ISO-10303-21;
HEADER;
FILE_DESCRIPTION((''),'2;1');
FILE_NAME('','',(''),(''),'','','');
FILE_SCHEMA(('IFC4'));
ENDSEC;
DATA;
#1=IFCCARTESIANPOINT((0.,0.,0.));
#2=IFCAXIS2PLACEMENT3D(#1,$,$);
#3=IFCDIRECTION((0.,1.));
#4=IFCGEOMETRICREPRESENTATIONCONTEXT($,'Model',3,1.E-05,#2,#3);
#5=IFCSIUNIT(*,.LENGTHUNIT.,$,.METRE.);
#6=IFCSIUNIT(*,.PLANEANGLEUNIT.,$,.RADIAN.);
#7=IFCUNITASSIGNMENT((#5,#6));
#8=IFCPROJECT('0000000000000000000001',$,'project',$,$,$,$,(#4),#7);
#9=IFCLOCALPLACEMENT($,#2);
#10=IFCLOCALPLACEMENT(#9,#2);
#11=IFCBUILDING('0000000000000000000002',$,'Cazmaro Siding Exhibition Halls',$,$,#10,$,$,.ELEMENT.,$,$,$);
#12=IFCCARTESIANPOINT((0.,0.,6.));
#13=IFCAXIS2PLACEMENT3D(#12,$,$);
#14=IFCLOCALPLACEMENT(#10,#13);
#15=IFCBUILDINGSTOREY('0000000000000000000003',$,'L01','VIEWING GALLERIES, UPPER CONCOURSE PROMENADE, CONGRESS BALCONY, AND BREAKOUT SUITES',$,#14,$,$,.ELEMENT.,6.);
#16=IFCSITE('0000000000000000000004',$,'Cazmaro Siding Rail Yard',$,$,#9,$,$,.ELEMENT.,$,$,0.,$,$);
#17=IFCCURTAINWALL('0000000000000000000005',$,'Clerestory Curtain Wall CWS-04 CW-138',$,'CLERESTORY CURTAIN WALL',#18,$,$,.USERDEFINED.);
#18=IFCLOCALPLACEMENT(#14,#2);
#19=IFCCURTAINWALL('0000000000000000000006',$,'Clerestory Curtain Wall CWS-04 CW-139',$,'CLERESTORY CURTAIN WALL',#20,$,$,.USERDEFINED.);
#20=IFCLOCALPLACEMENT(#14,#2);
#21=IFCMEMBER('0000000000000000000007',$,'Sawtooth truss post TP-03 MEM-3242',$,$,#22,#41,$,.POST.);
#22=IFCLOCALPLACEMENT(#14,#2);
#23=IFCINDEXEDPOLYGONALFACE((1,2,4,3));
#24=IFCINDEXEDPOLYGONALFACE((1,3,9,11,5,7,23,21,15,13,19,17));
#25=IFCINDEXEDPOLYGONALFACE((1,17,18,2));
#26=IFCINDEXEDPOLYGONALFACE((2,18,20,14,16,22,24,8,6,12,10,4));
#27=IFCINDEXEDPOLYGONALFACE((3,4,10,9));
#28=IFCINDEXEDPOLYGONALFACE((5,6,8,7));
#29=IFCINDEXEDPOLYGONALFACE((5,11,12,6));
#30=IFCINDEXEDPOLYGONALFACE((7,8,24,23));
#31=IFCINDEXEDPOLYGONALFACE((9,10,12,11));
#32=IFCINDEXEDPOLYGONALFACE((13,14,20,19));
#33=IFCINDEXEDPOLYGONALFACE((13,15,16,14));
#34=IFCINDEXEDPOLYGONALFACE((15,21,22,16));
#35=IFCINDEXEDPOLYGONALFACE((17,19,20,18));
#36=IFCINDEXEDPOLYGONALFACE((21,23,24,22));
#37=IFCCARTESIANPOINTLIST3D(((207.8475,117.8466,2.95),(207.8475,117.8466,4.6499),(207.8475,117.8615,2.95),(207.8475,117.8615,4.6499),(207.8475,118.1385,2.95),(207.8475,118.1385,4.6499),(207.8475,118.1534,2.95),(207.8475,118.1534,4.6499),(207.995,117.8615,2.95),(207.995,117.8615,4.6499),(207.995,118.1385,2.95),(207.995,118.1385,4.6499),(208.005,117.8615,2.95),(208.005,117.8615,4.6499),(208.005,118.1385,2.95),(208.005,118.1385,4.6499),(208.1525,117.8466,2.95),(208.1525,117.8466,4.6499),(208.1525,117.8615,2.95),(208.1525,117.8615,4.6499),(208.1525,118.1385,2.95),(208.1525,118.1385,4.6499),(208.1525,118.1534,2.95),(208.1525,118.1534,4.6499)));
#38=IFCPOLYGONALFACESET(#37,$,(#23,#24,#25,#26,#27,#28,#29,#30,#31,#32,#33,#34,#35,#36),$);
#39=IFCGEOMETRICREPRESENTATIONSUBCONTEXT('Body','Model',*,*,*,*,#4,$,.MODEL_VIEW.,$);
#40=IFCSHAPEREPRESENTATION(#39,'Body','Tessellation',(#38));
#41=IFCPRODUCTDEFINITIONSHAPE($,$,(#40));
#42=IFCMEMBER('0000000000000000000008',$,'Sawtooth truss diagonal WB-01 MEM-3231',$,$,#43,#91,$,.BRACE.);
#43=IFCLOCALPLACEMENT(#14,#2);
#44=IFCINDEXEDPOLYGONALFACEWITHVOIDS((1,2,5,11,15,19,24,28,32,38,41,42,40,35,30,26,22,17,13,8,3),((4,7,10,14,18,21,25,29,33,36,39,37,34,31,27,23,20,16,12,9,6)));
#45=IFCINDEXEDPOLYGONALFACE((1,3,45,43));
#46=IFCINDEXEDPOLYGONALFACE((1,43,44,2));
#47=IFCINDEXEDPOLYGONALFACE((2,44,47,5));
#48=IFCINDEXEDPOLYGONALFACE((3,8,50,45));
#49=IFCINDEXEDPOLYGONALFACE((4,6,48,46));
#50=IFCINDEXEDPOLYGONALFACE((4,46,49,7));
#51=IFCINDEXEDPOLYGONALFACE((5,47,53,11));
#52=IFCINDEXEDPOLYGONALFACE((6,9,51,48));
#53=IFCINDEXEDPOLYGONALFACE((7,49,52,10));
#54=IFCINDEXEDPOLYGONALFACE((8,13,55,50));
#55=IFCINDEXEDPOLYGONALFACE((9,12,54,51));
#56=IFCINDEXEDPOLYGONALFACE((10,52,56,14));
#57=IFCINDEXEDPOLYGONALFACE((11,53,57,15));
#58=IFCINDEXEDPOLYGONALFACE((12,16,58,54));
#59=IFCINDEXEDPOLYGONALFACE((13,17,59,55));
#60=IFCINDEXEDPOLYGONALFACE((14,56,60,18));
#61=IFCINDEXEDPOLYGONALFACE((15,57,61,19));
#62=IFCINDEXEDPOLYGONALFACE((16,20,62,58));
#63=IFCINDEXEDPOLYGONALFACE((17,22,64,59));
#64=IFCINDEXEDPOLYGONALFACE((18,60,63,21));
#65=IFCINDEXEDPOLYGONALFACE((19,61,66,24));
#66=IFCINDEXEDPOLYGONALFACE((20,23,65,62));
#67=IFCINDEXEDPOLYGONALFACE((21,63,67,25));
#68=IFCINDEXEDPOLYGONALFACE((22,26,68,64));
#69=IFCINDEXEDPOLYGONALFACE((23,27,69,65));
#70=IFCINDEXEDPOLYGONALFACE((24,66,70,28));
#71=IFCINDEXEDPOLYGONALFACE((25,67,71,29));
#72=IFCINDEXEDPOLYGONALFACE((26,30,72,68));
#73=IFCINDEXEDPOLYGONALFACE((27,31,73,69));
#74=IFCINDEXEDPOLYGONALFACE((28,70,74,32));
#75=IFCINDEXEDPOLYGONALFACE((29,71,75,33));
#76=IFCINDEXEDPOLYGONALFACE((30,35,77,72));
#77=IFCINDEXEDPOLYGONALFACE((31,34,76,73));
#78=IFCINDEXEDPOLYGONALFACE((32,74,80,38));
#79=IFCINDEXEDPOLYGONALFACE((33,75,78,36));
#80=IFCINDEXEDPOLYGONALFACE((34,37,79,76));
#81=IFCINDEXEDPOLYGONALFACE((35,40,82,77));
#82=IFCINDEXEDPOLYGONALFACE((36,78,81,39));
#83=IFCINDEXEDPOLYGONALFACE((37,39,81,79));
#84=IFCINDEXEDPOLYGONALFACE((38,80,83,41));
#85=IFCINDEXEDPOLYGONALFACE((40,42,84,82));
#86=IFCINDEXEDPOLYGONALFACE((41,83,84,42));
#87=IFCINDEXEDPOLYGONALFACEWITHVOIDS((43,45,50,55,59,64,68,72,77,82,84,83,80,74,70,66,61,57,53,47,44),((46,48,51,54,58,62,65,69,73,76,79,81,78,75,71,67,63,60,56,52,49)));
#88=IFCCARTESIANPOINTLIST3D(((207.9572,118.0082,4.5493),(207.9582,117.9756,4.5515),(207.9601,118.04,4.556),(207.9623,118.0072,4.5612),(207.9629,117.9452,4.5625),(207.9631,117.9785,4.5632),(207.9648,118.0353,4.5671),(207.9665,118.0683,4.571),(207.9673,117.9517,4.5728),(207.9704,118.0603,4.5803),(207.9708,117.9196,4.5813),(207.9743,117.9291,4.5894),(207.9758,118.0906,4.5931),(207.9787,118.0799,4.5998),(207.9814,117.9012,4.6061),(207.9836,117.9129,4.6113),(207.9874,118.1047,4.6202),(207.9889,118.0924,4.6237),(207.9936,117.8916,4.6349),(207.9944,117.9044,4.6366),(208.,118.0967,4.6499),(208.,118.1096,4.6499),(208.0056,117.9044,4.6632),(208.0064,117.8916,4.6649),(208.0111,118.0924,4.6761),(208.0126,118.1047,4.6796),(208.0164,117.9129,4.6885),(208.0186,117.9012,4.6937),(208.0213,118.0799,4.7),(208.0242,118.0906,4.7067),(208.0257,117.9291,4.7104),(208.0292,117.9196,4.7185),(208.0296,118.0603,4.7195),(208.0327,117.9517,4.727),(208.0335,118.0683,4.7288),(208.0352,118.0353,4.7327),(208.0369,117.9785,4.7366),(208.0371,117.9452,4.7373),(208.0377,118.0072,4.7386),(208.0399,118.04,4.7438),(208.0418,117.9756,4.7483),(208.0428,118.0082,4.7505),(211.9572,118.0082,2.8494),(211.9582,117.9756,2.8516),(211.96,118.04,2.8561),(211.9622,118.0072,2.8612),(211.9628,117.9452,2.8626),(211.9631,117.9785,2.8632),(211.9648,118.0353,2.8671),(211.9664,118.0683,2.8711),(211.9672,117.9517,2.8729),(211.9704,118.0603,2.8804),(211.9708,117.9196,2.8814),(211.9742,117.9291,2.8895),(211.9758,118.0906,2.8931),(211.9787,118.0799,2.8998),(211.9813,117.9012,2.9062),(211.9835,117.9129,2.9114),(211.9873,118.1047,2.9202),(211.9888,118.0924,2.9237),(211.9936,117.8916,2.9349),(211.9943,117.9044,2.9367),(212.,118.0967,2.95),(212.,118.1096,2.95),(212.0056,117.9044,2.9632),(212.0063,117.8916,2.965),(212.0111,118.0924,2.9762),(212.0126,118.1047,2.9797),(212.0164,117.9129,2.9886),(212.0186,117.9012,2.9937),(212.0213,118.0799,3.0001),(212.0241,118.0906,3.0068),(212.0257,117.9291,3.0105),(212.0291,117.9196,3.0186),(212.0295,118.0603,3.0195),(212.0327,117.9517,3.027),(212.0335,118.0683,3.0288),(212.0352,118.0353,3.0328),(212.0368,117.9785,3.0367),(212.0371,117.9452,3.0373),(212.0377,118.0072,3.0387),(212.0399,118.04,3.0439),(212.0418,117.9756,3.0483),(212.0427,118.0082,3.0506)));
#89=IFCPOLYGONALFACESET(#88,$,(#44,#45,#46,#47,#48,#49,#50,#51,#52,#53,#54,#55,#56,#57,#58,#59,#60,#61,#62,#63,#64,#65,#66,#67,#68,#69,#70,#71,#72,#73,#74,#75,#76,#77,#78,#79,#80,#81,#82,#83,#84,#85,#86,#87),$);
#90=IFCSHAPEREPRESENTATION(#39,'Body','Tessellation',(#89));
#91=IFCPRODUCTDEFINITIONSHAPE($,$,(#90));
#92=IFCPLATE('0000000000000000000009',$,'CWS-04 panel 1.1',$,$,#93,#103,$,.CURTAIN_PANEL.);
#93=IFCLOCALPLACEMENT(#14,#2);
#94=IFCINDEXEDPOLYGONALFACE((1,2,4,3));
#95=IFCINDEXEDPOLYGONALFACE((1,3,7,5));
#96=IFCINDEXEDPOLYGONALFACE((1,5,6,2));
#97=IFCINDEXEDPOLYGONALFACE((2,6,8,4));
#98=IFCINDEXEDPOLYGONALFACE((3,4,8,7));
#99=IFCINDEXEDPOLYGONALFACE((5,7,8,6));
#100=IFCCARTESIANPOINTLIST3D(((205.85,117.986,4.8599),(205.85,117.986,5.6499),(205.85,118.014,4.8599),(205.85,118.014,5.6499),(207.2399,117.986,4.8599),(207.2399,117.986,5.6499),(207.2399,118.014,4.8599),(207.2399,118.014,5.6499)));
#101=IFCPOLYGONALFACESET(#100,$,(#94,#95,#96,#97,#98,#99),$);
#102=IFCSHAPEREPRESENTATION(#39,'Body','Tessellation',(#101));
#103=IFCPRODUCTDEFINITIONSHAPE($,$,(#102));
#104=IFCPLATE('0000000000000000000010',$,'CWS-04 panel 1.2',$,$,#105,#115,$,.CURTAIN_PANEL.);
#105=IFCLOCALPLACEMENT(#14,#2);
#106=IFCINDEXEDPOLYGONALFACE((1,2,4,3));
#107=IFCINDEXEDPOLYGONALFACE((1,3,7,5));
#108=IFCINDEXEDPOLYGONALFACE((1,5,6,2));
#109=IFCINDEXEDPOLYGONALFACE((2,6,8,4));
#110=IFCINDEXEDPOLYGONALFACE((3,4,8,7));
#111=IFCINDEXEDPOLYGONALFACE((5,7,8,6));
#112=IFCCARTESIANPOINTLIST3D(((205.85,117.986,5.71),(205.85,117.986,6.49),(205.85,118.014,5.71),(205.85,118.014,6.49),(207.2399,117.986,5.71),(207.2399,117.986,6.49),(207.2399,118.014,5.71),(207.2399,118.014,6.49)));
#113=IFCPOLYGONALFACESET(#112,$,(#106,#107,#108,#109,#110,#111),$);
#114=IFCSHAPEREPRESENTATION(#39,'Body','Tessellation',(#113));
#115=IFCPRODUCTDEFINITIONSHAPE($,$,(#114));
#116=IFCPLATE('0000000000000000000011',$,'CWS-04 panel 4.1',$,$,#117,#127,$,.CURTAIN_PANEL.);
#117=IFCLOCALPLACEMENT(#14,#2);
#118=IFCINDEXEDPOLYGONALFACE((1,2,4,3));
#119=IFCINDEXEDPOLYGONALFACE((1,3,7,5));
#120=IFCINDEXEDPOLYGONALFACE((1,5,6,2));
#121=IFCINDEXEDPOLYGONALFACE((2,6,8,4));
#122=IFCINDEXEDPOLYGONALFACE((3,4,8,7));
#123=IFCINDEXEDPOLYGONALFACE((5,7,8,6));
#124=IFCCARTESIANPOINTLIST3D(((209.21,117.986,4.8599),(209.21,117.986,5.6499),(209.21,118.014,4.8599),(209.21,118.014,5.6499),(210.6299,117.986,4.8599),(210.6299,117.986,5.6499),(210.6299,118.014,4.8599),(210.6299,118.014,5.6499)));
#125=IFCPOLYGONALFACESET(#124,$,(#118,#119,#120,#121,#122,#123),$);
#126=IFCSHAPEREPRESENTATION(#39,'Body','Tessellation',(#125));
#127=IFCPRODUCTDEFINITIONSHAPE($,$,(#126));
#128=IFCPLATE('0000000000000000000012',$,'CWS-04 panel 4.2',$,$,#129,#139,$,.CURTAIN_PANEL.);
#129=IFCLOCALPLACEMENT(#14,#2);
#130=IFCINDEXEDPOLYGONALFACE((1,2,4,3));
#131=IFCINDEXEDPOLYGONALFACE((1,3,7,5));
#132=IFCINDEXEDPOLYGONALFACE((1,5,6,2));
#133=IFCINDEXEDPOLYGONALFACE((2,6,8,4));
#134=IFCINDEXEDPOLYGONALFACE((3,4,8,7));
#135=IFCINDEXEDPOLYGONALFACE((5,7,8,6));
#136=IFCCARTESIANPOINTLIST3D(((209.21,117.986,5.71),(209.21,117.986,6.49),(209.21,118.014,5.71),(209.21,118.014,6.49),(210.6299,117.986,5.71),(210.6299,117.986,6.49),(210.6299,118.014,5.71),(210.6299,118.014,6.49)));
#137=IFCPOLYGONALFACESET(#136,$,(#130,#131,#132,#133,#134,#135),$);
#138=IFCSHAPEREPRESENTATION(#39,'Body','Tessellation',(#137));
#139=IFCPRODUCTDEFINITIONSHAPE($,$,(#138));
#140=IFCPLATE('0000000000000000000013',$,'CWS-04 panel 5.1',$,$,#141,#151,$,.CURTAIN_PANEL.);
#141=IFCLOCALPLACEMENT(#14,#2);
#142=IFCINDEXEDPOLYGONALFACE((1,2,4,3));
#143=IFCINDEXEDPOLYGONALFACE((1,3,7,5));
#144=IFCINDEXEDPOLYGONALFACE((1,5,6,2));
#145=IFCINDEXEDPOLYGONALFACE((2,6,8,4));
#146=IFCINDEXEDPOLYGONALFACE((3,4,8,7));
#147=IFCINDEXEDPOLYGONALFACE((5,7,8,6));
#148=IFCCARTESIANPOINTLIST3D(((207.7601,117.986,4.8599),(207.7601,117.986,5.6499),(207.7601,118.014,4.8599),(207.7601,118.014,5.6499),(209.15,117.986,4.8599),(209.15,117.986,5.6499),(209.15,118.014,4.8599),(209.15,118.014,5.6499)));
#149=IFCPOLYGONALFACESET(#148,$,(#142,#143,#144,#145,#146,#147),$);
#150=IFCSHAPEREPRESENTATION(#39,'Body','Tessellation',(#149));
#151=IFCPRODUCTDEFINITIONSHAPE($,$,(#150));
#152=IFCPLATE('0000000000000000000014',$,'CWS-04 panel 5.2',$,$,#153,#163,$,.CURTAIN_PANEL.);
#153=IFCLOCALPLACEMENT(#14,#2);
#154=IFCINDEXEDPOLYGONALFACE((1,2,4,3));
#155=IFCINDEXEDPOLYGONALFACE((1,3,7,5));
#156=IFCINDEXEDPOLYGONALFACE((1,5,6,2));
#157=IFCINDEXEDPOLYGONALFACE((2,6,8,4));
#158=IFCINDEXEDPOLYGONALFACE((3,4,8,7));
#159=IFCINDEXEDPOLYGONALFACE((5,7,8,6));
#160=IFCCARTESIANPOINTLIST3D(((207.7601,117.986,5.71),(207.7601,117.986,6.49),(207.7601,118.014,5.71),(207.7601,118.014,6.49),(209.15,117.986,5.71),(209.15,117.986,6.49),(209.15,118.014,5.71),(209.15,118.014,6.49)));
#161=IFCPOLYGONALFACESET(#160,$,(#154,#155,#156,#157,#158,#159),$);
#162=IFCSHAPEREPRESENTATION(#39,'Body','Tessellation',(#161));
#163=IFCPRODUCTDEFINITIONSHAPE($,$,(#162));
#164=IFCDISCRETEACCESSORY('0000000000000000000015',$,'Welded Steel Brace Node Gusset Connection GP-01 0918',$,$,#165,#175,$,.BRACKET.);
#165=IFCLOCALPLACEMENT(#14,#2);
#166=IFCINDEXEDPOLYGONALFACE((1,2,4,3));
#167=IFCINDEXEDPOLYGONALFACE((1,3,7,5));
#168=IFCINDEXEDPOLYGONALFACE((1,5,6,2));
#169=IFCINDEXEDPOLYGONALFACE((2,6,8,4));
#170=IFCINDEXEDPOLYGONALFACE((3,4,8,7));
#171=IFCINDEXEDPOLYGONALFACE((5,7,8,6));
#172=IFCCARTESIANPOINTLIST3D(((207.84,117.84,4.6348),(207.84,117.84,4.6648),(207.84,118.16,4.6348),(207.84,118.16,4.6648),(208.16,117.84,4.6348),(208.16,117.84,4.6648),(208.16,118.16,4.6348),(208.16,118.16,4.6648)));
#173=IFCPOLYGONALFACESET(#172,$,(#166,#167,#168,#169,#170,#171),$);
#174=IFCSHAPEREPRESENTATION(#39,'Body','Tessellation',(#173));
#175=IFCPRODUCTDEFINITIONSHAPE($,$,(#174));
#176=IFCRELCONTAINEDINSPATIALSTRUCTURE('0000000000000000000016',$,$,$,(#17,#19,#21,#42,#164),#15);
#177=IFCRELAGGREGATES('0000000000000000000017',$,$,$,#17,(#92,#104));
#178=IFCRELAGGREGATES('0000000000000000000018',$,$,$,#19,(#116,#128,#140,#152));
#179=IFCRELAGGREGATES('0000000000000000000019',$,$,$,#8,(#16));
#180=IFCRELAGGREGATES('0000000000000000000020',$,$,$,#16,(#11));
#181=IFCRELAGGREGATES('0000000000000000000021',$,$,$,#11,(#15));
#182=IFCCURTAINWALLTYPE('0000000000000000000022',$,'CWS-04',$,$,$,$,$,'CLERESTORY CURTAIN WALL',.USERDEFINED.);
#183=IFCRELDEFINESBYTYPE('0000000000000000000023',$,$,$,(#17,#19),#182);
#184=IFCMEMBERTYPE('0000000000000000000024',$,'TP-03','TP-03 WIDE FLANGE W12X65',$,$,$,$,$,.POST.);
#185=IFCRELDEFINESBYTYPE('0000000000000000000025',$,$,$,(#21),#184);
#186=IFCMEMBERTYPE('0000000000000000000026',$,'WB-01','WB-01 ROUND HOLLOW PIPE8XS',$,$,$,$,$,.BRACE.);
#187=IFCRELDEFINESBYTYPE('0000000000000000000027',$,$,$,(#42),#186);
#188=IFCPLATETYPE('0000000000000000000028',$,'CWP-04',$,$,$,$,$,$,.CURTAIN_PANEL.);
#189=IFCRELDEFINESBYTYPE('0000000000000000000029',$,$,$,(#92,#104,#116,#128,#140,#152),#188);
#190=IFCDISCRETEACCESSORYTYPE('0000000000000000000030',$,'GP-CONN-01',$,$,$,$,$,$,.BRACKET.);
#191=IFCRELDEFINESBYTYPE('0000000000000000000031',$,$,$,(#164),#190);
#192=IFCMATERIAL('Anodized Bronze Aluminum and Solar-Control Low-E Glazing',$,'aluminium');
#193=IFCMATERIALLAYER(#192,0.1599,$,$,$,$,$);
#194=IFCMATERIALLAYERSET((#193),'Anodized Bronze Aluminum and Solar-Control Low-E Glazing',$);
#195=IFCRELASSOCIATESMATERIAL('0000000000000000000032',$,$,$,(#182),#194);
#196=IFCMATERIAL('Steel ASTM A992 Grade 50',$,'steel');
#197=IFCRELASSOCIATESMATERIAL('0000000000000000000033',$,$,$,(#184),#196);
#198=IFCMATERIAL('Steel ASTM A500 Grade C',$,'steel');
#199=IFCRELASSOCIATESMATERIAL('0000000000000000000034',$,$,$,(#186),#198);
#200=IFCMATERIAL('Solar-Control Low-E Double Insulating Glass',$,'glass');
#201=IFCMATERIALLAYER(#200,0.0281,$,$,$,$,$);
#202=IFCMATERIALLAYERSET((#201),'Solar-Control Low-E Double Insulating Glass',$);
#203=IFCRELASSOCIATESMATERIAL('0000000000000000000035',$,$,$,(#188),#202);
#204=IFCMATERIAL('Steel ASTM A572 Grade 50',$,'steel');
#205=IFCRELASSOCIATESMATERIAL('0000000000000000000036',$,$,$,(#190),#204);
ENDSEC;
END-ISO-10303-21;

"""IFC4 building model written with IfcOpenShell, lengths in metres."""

from ifc_helpers import new_model, si_unit, direction, frame, origin, origin_2d, place, context, subcontext, project, spatial, rectangle, hollow_circle, i_section, extrude, material, layer, layer_set, material_profile, profile_set, type_object, element, aggregate, save


model = new_model("IFC4")

# Units and contexts
model_context = context("Model", 3, precision=1e-05, world=origin(), true_north=direction((0.0, 1.0)))
body_context = subcontext(model_context, "Body", "Model", "MODEL_VIEW")
ifc_project = project(units=[si_unit("LENGTHUNIT", "METRE"), si_unit("PLANEANGLEUNIT", "RADIAN")], contexts=[model_context])

# Site, building, storey
site_placement = place(None, origin())
site = spatial("IfcSite", under=ifc_project, at=site_placement, Name="Cazmaro Siding Rail Yard", CompositionType="ELEMENT", RefElevation=0.0)
building_placement = place(site_placement, origin())
building = spatial("IfcBuilding", under=site, at=building_placement, Name="Cazmaro Siding Exhibition Halls", CompositionType="ELEMENT")
storey_placement = place(building_placement, frame((0.0, 0.0, 6.0)))
storey = spatial("IfcBuildingStorey", under=building, at=storey_placement, Name="L01", Description="VIEWING GALLERIES, UPPER CONCOURSE PROMENADE, CONGRESS BALCONY, AND BREAKOUT SUITES", CompositionType="ELEMENT", Elevation=6.0)

# Curtain walls
ifc_material_1 = material(Name="Anodized Bronze Aluminum and Solar-Control Low-E Glazing", Category="aluminium")
ifc_layer_1 = layer(ifc_material_1, 0.1599)
ifc_layer_set_1 = layer_set([ifc_layer_1], Name="Anodized Bronze Aluminum and Solar-Control Low-E Glazing")
curtain_wall_type = type_object("IfcCurtainWallType", Name="CWS-04", ElementType="CLERESTORY CURTAIN WALL", PredefinedType="USERDEFINED", material=ifc_layer_set_1)
curtain_wall_1_placement = place(storey_placement, origin())
curtain_wall_1 = element("IfcCurtainWall", 1, at=curtain_wall_1_placement, inside=storey, type_object=curtain_wall_type, Name="Clerestory Curtain Wall CWS-04 CW-138", ObjectType="CLERESTORY CURTAIN WALL", PredefinedType="USERDEFINED")
curtain_wall_2_placement = place(storey_placement, origin())
curtain_wall_2 = element("IfcCurtainWall", 2, at=curtain_wall_2_placement, inside=storey, type_object=curtain_wall_type, Name="Clerestory Curtain Wall CWS-04 CW-139", ObjectType="CLERESTORY CURTAIN WALL", PredefinedType="USERDEFINED")

# Members
ifc_material_2 = material(Name="Steel ASTM A992 Grade 50", Category="steel")
ifc_material_profile_1 = material_profile(ifc_material_2, i_section(OverallWidth=0.3049, OverallDepth=0.3069, WebThickness=0.01, FlangeThickness=0.0149, at=origin_2d()), Name="W12X65")
ifc_profile_set_1 = profile_set([ifc_material_profile_1], Name="Steel ASTM A992 Grade 50")
member_type_1 = type_object("IfcMemberType", Name="TP-03", Description="TP-03 WIDE FLANGE W12X65", PredefinedType="POST", material=ifc_profile_set_1)
member_1_placement = place(storey_placement, frame((208.0, 118.0, 2.95), z_axis=(0.0, 0.0, 1.0), x_axis=(1.0, 0.0, 0.0)))
element("IfcMember", 3, at=member_1_placement, inside=storey, type_object=member_type_1, Name="Sawtooth truss post TP-03 MEM-3242", PredefinedType="POST", context=body_context, shape_type="SweptSolid", body=[
    extrude(i_section(OverallWidth=0.3049, OverallDepth=0.3069, WebThickness=0.01, FlangeThickness=0.0149, at=origin_2d()), origin(), (0.0, 0.0, 1.0), 1.7),
])
ifc_material_3 = material(Name="Steel ASTM A500 Grade C", Category="steel")
ifc_material_profile_2 = material_profile(ifc_material_3, hollow_circle(Radius=0.1096, WallThickness=0.0129, at=origin_2d()), Name="PIPE8XS")
ifc_profile_set_2 = profile_set([ifc_material_profile_2], Name="Steel ASTM A500 Grade C")
member_type_2 = type_object("IfcMemberType", Name="WB-01", Description="WB-01 ROUND HOLLOW PIPE8XS", PredefinedType="BRACE", material=ifc_profile_set_2)
member_2_placement = place(storey_placement, frame((208.0, 118.0, 4.6499), z_axis=(0.920335, 0.0, -0.391131), x_axis=(0.0, 1.0, 0.0)))
element("IfcMember", 4, at=member_2_placement, inside=storey, type_object=member_type_2, Name="Sawtooth truss diagonal WB-01 MEM-3231", PredefinedType="BRACE", context=body_context, shape_type="SweptSolid", body=[
    extrude(hollow_circle(Radius=0.1096, WallThickness=0.0129, at=origin_2d()), origin(), (0.0, 0.0, 1.0), 4.3462),
])

# Plates
ifc_material_4 = material(Name="Solar-Control Low-E Double Insulating Glass", Category="glass")
ifc_layer_2 = layer(ifc_material_4, 0.0281)
ifc_layer_set_2 = layer_set([ifc_layer_2], Name="Solar-Control Low-E Double Insulating Glass")
plate_type = type_object("IfcPlateType", Name="CWP-04", PredefinedType="CURTAIN_PANEL", material=ifc_layer_set_2)
plate_1_placement = place(storey_placement, frame((206.5449, 118.0, 4.8599), z_axis=(0.0, 0.0, 1.0), x_axis=(-1.0, 0.0, 0.0)))
plate_1 = element("IfcPlate", 5, at=plate_1_placement, type_object=plate_type, Name="CWS-04 panel 1.1", PredefinedType="CURTAIN_PANEL", context=body_context, shape_type="SweptSolid", body=[
    extrude(rectangle(XDim=1.3899, YDim=0.0281, at=origin_2d()), origin(), (0.0, 0.0, 1.0), 0.79),
])
plate_2_placement = place(storey_placement, frame((206.5449, 118.0, 5.71), z_axis=(0.0, 0.0, 1.0), x_axis=(-1.0, 0.0, 0.0)))
plate_2 = element("IfcPlate", 6, at=plate_2_placement, type_object=plate_type, Name="CWS-04 panel 1.2", PredefinedType="CURTAIN_PANEL", context=body_context, shape_type="SweptSolid", body=[
    extrude(rectangle(XDim=1.3899, YDim=0.0281, at=origin_2d()), origin(), (0.0, 0.0, 1.0), 0.78),
])
aggregate(curtain_wall_1, [plate_1, plate_2])
plate_3_placement = place(storey_placement, frame((209.9199, 118.0, 4.8599), z_axis=(0.0, 0.0, 1.0), x_axis=(-1.0, 0.0, 0.0)))
plate_3 = element("IfcPlate", 7, at=plate_3_placement, type_object=plate_type, Name="CWS-04 panel 4.1", PredefinedType="CURTAIN_PANEL", context=body_context, shape_type="SweptSolid", body=[
    extrude(rectangle(XDim=1.4199, YDim=0.0281, at=origin_2d()), origin(), (0.0, 0.0, 1.0), 0.79),
])
plate_4_placement = place(storey_placement, frame((209.9199, 118.0, 5.71), z_axis=(0.0, 0.0, 1.0), x_axis=(-1.0, 0.0, 0.0)))
plate_4 = element("IfcPlate", 8, at=plate_4_placement, type_object=plate_type, Name="CWS-04 panel 4.2", PredefinedType="CURTAIN_PANEL", context=body_context, shape_type="SweptSolid", body=[
    extrude(rectangle(XDim=1.4199, YDim=0.0281, at=origin_2d()), origin(), (0.0, 0.0, 1.0), 0.78),
])
plate_5_placement = place(storey_placement, frame((208.4551, 118.0, 4.8599), z_axis=(0.0, 0.0, 1.0), x_axis=(-1.0, 0.0, 0.0)))
plate_5 = element("IfcPlate", 9, at=plate_5_placement, type_object=plate_type, Name="CWS-04 panel 5.1", PredefinedType="CURTAIN_PANEL", context=body_context, shape_type="SweptSolid", body=[
    extrude(rectangle(XDim=1.3899, YDim=0.0281, at=origin_2d()), origin(), (0.0, 0.0, 1.0), 0.79),
])
plate_6_placement = place(storey_placement, frame((208.4551, 118.0, 5.71), z_axis=(0.0, 0.0, 1.0), x_axis=(-1.0, 0.0, 0.0)))
plate_6 = element("IfcPlate", 10, at=plate_6_placement, type_object=plate_type, Name="CWS-04 panel 5.2", PredefinedType="CURTAIN_PANEL", context=body_context, shape_type="SweptSolid", body=[
    extrude(rectangle(XDim=1.3899, YDim=0.0281, at=origin_2d()), origin(), (0.0, 0.0, 1.0), 0.78),
])
aggregate(curtain_wall_2, [plate_3, plate_4, plate_5, plate_6])

# Discrete accessory
ifc_material_5 = material(Name="Steel ASTM A572 Grade 50", Category="steel")
discrete_accessory_type = type_object("IfcDiscreteAccessoryType", Name="GP-CONN-01", PredefinedType="BRACKET", material=ifc_material_5)
discrete_accessory_placement = place(storey_placement, frame((208.0, 118.0, 4.6348), z_axis=(0.0, 0.0, 1.0), x_axis=(1.0, 0.0, 0.0)))
element("IfcDiscreteAccessory", 11, at=discrete_accessory_placement, inside=storey, type_object=discrete_accessory_type, Name="Welded Steel Brace Node Gusset Connection GP-01 0918", PredefinedType="BRACKET", context=body_context, shape_type="SweptSolid", body=[
    extrude(rectangle(XDim=0.3201, YDim=0.3201, at=origin_2d()), origin(), (0.0, 0.0, 1.0), 0.03),
])

save(model, "model.ifc")
